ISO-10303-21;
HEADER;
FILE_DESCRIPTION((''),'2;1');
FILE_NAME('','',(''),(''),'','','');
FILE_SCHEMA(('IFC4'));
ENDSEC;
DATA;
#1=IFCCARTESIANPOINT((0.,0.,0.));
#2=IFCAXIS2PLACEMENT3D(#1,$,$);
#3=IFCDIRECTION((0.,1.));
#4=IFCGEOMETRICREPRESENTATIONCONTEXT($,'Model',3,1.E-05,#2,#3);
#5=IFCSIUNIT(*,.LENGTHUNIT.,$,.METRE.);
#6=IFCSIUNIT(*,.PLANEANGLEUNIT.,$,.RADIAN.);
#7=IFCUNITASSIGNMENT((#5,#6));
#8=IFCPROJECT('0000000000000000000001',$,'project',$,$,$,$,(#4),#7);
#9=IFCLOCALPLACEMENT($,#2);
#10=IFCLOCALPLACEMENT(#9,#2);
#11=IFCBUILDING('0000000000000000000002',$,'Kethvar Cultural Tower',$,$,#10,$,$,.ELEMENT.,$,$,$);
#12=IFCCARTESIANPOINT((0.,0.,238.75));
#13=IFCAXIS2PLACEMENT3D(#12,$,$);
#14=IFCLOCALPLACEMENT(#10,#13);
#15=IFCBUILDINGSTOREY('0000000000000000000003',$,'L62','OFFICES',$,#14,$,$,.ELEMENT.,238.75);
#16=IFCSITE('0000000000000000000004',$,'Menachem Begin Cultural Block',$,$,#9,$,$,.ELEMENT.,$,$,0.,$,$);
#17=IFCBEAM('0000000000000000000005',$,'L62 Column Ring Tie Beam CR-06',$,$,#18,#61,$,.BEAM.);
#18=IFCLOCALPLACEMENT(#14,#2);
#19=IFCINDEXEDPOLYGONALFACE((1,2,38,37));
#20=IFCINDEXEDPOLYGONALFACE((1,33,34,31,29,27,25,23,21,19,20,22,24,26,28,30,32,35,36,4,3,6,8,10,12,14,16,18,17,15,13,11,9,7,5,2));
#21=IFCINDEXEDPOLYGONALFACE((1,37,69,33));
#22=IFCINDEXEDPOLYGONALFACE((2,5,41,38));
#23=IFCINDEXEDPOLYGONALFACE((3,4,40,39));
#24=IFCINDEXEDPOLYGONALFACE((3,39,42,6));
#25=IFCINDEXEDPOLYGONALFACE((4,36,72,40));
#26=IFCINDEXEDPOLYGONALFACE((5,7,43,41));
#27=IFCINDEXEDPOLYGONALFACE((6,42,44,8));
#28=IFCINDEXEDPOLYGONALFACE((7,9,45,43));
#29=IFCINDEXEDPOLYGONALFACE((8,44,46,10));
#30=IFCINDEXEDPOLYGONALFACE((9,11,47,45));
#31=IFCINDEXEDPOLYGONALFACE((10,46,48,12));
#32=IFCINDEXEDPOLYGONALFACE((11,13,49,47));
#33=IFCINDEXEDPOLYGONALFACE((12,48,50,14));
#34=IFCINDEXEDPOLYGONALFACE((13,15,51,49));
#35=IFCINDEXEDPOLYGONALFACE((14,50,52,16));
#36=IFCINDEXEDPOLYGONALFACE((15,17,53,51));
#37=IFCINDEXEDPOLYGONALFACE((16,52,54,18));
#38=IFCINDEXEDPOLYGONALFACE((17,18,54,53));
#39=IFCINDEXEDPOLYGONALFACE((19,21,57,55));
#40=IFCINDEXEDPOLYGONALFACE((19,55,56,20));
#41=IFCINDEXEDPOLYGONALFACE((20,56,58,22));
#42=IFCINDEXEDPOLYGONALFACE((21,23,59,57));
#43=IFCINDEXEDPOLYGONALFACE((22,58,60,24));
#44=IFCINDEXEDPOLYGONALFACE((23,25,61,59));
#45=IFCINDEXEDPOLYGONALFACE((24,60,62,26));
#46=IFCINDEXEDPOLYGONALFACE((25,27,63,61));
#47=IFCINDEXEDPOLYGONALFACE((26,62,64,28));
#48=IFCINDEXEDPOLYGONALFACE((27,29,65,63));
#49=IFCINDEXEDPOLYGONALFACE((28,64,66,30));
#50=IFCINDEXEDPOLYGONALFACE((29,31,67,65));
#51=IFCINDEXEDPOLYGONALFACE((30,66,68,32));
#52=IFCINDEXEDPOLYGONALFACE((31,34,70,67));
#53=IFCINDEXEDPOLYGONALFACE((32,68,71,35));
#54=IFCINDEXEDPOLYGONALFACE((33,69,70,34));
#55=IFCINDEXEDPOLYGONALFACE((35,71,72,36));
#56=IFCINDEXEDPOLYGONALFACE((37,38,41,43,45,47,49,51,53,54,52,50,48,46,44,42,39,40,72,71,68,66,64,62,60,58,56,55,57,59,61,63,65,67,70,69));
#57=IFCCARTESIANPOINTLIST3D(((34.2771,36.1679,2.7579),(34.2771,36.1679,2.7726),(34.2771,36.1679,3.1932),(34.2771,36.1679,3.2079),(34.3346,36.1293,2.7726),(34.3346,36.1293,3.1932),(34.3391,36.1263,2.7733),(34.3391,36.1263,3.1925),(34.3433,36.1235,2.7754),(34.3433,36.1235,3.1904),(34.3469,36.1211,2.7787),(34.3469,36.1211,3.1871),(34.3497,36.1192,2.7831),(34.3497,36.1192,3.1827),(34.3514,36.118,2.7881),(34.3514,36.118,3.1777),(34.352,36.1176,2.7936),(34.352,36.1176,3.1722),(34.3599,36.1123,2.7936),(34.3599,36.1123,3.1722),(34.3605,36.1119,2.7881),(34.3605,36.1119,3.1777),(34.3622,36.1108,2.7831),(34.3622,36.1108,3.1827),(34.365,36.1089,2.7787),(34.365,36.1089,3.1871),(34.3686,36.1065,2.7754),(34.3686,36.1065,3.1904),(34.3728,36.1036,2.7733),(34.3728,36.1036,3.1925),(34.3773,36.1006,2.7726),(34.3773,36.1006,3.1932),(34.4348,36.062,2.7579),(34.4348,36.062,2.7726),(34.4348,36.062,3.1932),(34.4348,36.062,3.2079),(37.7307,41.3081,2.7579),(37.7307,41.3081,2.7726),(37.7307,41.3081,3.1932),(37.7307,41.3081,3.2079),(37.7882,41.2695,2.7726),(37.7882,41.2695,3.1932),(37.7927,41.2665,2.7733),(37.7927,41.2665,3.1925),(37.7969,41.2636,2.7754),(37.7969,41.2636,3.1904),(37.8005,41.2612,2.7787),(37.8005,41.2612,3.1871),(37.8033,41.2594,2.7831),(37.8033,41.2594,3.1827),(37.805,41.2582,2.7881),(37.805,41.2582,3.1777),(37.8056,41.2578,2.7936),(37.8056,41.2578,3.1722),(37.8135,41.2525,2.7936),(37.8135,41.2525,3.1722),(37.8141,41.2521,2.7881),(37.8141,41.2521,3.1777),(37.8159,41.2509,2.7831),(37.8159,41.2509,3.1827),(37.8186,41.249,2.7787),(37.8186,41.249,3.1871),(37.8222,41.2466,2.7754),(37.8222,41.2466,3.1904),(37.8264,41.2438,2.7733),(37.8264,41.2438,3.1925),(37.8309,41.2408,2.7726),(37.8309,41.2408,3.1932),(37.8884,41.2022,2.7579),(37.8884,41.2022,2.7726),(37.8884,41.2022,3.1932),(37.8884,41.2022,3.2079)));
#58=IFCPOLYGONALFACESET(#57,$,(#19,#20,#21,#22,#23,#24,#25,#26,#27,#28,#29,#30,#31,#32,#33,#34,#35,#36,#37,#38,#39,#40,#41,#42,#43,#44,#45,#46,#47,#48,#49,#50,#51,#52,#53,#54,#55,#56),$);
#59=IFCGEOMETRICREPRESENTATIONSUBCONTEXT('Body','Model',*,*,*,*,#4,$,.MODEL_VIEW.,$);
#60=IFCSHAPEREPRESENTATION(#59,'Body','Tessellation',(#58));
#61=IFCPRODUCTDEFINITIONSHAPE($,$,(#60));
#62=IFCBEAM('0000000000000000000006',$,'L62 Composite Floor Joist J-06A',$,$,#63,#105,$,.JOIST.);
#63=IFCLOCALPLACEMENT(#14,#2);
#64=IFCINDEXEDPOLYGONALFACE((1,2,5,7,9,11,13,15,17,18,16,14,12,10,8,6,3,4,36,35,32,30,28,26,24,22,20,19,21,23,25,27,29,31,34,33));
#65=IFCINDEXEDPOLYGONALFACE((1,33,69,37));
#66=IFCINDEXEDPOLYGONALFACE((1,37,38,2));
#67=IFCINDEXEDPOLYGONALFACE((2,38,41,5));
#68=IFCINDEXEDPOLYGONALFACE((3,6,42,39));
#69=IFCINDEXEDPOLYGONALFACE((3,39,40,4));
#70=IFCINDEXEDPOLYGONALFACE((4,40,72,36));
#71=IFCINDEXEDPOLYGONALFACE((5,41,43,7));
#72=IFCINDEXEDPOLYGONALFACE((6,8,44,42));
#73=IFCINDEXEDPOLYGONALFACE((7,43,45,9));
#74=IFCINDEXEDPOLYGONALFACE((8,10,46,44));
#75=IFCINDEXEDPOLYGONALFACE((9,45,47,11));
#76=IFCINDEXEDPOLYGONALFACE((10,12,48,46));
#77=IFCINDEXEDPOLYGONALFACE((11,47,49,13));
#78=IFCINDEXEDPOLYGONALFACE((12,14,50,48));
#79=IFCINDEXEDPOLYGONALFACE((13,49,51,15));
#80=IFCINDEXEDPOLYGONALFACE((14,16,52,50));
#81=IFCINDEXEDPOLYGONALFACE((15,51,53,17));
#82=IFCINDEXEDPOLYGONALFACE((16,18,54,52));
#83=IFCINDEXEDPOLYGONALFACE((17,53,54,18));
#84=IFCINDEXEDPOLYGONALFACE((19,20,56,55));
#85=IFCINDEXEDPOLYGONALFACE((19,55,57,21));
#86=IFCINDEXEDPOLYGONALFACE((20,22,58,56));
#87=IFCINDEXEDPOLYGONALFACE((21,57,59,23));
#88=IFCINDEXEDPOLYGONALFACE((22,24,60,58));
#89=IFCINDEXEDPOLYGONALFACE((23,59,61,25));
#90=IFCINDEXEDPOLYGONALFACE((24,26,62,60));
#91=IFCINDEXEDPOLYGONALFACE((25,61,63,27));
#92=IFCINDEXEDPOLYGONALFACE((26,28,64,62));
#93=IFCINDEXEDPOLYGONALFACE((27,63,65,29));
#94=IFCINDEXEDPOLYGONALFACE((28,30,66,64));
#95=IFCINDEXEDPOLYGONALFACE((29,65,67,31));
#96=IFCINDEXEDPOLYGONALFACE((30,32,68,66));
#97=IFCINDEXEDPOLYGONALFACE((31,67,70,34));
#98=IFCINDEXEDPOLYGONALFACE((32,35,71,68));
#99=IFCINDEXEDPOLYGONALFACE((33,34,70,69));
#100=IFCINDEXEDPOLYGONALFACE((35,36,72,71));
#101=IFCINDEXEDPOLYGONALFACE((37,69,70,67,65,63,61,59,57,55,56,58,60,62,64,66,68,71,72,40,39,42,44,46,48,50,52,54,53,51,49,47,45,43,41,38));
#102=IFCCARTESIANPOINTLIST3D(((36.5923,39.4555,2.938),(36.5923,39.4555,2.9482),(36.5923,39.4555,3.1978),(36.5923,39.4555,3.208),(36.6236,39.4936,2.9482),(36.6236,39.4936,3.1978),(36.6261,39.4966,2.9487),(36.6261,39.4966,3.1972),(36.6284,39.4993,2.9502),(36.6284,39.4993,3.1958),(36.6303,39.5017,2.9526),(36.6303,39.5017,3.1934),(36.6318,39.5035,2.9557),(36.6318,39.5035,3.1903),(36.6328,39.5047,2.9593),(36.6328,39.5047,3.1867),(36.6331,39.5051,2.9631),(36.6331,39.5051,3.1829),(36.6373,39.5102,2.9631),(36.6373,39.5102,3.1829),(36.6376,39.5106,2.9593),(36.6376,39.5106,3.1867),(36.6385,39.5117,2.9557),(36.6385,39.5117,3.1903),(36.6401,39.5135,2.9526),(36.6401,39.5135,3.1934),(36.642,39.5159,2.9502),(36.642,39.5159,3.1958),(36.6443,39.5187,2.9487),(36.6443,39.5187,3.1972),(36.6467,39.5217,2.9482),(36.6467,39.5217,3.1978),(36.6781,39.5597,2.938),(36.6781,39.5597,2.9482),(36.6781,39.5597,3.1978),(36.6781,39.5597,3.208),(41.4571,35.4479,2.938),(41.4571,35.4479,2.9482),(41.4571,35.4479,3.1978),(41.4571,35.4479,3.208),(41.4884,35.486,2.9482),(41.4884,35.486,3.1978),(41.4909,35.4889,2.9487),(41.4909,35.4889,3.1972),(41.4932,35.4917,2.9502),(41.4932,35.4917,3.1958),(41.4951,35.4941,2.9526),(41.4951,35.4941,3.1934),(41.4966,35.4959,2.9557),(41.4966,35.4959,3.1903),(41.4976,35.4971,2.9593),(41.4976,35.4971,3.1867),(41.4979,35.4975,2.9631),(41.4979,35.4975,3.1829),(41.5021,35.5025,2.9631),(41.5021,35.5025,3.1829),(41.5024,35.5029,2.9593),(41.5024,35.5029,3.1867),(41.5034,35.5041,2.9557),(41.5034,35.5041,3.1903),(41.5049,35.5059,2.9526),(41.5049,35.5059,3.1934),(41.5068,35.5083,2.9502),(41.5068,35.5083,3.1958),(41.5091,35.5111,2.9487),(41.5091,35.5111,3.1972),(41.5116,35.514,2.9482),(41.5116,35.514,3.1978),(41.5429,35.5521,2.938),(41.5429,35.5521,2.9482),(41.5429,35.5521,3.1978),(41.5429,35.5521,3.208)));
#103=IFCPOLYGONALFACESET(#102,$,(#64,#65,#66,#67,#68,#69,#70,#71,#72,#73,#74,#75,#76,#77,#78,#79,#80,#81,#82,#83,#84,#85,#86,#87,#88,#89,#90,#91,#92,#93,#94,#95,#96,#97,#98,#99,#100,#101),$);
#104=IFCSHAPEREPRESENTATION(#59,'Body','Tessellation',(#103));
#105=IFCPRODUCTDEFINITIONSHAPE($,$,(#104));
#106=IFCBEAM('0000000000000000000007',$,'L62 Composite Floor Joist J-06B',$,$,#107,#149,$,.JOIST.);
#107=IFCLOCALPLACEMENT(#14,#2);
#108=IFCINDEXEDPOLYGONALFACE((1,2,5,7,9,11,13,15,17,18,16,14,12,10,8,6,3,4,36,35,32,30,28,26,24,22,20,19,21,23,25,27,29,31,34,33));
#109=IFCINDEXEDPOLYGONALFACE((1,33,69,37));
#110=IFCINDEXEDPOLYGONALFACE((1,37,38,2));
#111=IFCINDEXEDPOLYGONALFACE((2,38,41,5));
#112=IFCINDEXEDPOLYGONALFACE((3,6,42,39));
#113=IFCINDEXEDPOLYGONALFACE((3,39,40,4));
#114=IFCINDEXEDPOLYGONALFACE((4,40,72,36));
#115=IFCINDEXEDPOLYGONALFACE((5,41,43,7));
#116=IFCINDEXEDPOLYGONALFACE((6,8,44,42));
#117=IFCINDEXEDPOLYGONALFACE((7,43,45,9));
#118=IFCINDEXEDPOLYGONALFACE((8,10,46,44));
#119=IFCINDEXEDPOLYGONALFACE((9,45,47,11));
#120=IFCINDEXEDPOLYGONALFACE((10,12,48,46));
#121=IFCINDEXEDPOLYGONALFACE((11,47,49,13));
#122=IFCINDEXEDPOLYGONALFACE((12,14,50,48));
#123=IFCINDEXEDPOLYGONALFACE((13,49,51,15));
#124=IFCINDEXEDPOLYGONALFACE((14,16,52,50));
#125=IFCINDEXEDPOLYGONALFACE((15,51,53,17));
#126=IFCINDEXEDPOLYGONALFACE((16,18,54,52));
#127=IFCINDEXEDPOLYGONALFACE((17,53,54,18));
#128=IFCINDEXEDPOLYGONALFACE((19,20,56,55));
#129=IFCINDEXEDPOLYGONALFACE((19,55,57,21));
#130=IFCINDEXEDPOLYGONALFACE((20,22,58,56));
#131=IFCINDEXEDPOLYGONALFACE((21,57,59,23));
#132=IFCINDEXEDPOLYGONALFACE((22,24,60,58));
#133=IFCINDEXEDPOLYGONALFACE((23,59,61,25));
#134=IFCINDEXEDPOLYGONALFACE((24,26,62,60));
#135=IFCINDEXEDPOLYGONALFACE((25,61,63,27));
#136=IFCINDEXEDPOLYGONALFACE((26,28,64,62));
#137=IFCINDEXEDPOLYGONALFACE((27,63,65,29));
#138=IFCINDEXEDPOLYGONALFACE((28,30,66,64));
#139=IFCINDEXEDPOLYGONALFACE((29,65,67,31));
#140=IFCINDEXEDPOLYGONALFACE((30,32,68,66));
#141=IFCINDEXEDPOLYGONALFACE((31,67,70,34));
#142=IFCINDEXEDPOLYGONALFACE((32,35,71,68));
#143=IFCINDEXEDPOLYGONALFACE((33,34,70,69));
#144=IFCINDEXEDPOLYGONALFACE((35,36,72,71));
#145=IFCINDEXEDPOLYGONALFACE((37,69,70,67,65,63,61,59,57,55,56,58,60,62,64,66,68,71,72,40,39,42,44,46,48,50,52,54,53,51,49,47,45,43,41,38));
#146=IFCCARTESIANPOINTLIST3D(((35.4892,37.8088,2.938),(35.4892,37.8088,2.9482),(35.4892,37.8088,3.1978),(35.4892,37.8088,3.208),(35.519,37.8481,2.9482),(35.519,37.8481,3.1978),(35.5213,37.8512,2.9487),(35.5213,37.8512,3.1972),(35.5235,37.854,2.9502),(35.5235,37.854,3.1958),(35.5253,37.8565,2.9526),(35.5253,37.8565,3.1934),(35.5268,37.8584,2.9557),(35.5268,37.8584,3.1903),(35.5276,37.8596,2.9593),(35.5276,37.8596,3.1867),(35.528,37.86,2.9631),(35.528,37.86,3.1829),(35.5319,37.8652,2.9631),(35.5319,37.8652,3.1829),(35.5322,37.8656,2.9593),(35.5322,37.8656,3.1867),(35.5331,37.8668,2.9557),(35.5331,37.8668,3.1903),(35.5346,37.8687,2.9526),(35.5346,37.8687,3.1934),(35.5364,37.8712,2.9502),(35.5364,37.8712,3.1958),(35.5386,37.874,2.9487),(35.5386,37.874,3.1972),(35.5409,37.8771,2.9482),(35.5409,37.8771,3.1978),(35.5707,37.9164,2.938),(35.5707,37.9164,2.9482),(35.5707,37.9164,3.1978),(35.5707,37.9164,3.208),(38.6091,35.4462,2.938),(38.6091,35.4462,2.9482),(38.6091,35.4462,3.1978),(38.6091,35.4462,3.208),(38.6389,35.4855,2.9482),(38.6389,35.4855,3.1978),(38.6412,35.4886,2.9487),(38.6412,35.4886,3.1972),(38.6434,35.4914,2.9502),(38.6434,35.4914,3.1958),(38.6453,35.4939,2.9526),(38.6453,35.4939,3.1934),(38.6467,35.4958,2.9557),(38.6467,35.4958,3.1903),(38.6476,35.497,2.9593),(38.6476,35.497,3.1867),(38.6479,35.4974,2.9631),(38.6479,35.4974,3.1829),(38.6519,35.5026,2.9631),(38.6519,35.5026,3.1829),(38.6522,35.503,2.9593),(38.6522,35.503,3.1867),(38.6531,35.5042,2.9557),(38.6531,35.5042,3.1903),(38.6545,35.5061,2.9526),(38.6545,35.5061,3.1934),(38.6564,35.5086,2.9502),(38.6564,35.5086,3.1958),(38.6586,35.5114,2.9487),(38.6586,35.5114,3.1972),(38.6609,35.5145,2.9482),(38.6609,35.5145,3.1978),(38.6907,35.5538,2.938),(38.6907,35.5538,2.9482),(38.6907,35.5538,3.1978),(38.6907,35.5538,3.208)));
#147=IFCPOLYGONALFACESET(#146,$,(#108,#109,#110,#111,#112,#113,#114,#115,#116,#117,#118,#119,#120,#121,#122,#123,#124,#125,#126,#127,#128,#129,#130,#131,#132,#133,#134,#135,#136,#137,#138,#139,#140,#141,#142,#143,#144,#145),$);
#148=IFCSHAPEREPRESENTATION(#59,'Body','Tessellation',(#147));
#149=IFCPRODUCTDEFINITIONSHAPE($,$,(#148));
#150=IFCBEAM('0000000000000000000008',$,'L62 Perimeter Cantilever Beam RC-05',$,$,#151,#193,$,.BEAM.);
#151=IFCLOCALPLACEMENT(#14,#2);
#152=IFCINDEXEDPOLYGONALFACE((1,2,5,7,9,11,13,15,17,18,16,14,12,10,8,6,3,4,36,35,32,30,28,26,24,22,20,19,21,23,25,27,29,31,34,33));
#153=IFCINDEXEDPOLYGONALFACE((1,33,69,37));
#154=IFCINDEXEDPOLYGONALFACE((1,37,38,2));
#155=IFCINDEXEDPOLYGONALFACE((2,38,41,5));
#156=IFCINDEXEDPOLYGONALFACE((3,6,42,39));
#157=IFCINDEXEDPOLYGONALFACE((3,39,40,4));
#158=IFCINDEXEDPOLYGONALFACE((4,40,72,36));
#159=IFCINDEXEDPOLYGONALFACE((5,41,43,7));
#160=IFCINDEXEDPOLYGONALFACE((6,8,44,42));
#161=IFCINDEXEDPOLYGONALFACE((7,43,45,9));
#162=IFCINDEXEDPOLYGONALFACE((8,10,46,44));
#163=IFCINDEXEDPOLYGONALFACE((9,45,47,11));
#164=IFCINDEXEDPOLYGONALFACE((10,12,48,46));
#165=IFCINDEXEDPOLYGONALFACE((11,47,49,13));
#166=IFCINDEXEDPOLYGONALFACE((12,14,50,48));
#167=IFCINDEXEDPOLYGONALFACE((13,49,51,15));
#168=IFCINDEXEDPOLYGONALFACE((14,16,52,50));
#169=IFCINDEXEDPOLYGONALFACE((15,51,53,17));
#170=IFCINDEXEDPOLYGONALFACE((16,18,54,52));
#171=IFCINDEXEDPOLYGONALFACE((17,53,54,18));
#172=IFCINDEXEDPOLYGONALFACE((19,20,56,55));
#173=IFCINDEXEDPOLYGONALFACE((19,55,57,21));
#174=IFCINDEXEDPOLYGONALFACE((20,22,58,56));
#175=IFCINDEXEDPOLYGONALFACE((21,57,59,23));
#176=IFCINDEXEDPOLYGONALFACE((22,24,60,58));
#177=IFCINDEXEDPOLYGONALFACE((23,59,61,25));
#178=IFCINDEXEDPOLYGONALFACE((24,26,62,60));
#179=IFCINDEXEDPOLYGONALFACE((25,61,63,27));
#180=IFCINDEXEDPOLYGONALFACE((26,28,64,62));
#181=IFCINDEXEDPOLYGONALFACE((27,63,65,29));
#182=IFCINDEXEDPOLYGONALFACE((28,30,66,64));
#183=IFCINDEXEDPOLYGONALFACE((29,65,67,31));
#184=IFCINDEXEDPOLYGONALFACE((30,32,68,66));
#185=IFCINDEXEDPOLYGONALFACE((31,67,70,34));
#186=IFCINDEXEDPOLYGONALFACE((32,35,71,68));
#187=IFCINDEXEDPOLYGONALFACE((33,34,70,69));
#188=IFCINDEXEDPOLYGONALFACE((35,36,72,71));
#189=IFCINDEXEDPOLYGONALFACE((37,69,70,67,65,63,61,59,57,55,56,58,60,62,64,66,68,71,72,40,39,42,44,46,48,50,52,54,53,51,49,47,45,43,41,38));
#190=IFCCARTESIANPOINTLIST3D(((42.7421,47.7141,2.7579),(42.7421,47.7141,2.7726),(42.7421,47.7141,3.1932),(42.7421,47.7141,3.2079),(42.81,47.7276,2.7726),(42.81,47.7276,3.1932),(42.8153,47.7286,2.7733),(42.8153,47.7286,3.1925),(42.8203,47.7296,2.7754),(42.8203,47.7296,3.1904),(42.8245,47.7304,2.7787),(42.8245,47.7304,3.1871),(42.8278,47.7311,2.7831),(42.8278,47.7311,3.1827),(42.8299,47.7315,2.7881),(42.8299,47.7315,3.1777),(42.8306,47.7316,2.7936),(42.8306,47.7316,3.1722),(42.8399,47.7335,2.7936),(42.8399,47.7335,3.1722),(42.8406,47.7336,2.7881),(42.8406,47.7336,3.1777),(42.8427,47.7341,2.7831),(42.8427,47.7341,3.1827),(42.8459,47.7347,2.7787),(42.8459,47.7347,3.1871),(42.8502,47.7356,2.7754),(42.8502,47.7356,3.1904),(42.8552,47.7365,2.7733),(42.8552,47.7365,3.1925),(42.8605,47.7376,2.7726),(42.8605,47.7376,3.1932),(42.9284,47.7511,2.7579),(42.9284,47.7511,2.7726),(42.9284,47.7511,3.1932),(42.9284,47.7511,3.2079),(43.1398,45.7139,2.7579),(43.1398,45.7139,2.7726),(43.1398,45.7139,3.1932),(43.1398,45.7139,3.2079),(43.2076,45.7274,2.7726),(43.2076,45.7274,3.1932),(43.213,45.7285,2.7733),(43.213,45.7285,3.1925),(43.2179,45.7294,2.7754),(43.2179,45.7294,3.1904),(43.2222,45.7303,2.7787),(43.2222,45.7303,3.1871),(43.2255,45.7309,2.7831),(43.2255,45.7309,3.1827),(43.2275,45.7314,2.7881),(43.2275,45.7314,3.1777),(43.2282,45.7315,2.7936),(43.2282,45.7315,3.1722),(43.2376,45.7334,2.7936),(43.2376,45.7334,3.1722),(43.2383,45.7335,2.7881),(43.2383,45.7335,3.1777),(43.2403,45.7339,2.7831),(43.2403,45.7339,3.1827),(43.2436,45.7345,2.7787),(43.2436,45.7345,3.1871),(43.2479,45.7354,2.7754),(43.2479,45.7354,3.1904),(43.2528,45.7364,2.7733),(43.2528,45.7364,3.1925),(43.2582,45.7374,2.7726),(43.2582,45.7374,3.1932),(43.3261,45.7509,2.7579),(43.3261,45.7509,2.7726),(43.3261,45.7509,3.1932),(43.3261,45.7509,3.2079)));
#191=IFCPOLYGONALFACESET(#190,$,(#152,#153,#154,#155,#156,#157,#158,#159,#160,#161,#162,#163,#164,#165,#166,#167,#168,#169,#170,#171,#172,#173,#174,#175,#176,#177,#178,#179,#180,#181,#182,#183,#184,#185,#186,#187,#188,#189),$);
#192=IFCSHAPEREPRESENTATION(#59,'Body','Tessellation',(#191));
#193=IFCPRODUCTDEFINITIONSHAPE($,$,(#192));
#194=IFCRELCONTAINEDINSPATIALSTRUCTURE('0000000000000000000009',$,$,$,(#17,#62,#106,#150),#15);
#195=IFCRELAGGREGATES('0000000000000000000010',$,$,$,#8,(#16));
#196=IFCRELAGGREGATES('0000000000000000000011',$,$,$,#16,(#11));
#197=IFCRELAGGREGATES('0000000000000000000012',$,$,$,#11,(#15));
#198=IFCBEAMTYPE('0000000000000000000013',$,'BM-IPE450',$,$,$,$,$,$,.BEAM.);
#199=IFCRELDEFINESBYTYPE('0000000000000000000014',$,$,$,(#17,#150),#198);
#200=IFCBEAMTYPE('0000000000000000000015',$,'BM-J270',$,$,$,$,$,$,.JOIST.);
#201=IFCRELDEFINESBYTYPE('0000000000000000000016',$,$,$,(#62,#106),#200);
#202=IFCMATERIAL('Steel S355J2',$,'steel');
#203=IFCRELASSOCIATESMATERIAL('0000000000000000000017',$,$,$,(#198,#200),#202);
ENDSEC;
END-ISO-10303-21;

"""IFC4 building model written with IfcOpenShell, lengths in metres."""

from ifc_helpers import new_model, si_unit, direction, frame, origin, origin_2d, place, context, subcontext, project, spatial, i_section, extrude, source, transform, mapped, material, material_profile, profile_set, type_object, element, save


model = new_model("IFC4")

# Units and contexts
model_context = context("Model", 3, precision=1e-05, world=origin(), true_north=direction((0.0, 1.0)))
body_context = subcontext(model_context, "Body", "Model", "MODEL_VIEW")
ifc_project = project(units=[si_unit("LENGTHUNIT", "METRE"), si_unit("PLANEANGLEUNIT", "RADIAN")], contexts=[model_context])

# Site, building, storey
site_placement = place(None, origin())
site = spatial("IfcSite", under=ifc_project, at=site_placement, Name="Menachem Begin Cultural Block", CompositionType="ELEMENT", RefElevation=0.0)
building_placement = place(site_placement, origin())
building = spatial("IfcBuilding", under=site, at=building_placement, Name="Kethvar Cultural Tower", CompositionType="ELEMENT")
storey_placement = place(building_placement, frame((0.0, 0.0, 238.75)))
storey = spatial("IfcBuildingStorey", under=building, at=storey_placement, Name="L62", Description="OFFICES", CompositionType="ELEMENT", Elevation=238.75)

# Beams
ifc_material_1 = material(Name="Steel S355J2", Category="steel")
ifc_material_profile_1 = material_profile(ifc_material_1, i_section(OverallWidth=0.1899, OverallDepth=0.45, WebThickness=0.0095, FlangeThickness=0.0146, FilletRadius=0.021, at=origin_2d()), Name="Steel S355J2 — IPE450")
ifc_profile_set_1 = profile_set([ifc_material_profile_1], Name="Steel S355J2 — IPE450")
beam_type_1 = type_object("IfcBeamType", Name="BM-IPE450", PredefinedType="BEAM", material=ifc_profile_set_1)
ifc_material_profile_2 = material_profile(ifc_material_1, i_section(OverallWidth=0.135, OverallDepth=0.27, WebThickness=0.0066, FlangeThickness=0.0103, FilletRadius=0.0149, at=origin_2d()), Name="Steel S355J2 — IPE270")
ifc_profile_set_2 = profile_set([ifc_material_profile_2], Name="Steel S355J2 — IPE270")
beam_type_2 = type_object("IfcBeamType", Name="BM-J270", PredefinedType="JOIST", material=ifc_profile_set_2)
shared_shape_1 = source(origin(), body_context, "Body", "SweptSolid", [
    extrude(i_section(OverallWidth=0.1899, OverallDepth=0.45, WebThickness=0.0095, FlangeThickness=0.0146, FilletRadius=0.021, at=origin_2d()), origin(), (0.0, 0.0, 1.0), 6.1926),
])
beam_1_placement = place(storey_placement, frame((37.8096, 41.2551, 2.9829), z_axis=(-0.557699, -0.830043, 0.0), x_axis=(0.830043, -0.557699, 0.0)))
element("IfcBeam", 1, at=beam_1_placement, inside=storey, type_object=beam_type_1, Name="L62 Column Ring Tie Beam CR-06", PredefinedType="BEAM", context=body_context, shape_type="MappedRepresentation", body=[
    mapped(shared_shape_1, transform((0.0, 0.0, 0.0), scale=1.0)),
])
shared_shape_2 = source(origin(), body_context, "Body", "SweptSolid", [
    extrude(i_section(OverallWidth=0.135, OverallDepth=0.27, WebThickness=0.0066, FlangeThickness=0.0103, FilletRadius=0.0149, at=origin_2d()), origin(), (0.0, 0.0, 1.0), 6.303),
])
beam_2_placement = place(storey_placement, frame((41.5, 35.5, 3.073), z_axis=(-0.771828, 0.635831, 0.0), x_axis=(-0.635831, -0.771828, 0.0)))
element("IfcBeam", 2, at=beam_2_placement, inside=storey, type_object=beam_type_2, Name="L62 Composite Floor Joist J-06A", PredefinedType="JOIST", context=body_context, shape_type="MappedRepresentation", body=[
    mapped(shared_shape_2, transform((0.0, 0.0, 0.0), scale=1.0)),
])
shared_shape_3 = source(origin(), body_context, "Body", "SweptSolid", [
    extrude(i_section(OverallWidth=0.135, OverallDepth=0.27, WebThickness=0.0066, FlangeThickness=0.0103, FilletRadius=0.0149, at=origin_2d()), origin(), (0.0, 0.0, 1.0), 3.9136),
])
beam_3_placement = place(storey_placement, frame((38.6499, 35.5, 3.073), z_axis=(-0.797214, 0.603697, 0.0), x_axis=(-0.603697, -0.797214, 0.0)))
element("IfcBeam", 3, at=beam_3_placement, inside=storey, type_object=beam_type_2, Name="L62 Composite Floor Joist J-06B", PredefinedType="JOIST", context=body_context, shape_type="MappedRepresentation", body=[
    mapped(shared_shape_3, transform((0.0, 0.0, 0.0), scale=1.0)),
])
shared_shape_4 = source(origin(), body_context, "Body", "SweptSolid", [
    extrude(i_section(OverallWidth=0.1899, OverallDepth=0.45, WebThickness=0.0095, FlangeThickness=0.0146, FilletRadius=0.021, at=origin_2d()), origin(), (0.0, 0.0, 1.0), 2.0393),
])
beam_4_placement = place(storey_placement, frame((43.2329, 45.7324, 2.9829), z_axis=(-0.195011, 0.980801, 0.0), x_axis=(-0.980801, -0.195011, 0.0)))
element("IfcBeam", 4, at=beam_4_placement, inside=storey, type_object=beam_type_1, Name="L62 Perimeter Cantilever Beam RC-05", PredefinedType="BEAM", context=body_context, shape_type="MappedRepresentation", body=[
    mapped(shared_shape_4, transform((0.0, 0.0, 0.0), scale=1.0)),
])

save(model, "model.ifc")
